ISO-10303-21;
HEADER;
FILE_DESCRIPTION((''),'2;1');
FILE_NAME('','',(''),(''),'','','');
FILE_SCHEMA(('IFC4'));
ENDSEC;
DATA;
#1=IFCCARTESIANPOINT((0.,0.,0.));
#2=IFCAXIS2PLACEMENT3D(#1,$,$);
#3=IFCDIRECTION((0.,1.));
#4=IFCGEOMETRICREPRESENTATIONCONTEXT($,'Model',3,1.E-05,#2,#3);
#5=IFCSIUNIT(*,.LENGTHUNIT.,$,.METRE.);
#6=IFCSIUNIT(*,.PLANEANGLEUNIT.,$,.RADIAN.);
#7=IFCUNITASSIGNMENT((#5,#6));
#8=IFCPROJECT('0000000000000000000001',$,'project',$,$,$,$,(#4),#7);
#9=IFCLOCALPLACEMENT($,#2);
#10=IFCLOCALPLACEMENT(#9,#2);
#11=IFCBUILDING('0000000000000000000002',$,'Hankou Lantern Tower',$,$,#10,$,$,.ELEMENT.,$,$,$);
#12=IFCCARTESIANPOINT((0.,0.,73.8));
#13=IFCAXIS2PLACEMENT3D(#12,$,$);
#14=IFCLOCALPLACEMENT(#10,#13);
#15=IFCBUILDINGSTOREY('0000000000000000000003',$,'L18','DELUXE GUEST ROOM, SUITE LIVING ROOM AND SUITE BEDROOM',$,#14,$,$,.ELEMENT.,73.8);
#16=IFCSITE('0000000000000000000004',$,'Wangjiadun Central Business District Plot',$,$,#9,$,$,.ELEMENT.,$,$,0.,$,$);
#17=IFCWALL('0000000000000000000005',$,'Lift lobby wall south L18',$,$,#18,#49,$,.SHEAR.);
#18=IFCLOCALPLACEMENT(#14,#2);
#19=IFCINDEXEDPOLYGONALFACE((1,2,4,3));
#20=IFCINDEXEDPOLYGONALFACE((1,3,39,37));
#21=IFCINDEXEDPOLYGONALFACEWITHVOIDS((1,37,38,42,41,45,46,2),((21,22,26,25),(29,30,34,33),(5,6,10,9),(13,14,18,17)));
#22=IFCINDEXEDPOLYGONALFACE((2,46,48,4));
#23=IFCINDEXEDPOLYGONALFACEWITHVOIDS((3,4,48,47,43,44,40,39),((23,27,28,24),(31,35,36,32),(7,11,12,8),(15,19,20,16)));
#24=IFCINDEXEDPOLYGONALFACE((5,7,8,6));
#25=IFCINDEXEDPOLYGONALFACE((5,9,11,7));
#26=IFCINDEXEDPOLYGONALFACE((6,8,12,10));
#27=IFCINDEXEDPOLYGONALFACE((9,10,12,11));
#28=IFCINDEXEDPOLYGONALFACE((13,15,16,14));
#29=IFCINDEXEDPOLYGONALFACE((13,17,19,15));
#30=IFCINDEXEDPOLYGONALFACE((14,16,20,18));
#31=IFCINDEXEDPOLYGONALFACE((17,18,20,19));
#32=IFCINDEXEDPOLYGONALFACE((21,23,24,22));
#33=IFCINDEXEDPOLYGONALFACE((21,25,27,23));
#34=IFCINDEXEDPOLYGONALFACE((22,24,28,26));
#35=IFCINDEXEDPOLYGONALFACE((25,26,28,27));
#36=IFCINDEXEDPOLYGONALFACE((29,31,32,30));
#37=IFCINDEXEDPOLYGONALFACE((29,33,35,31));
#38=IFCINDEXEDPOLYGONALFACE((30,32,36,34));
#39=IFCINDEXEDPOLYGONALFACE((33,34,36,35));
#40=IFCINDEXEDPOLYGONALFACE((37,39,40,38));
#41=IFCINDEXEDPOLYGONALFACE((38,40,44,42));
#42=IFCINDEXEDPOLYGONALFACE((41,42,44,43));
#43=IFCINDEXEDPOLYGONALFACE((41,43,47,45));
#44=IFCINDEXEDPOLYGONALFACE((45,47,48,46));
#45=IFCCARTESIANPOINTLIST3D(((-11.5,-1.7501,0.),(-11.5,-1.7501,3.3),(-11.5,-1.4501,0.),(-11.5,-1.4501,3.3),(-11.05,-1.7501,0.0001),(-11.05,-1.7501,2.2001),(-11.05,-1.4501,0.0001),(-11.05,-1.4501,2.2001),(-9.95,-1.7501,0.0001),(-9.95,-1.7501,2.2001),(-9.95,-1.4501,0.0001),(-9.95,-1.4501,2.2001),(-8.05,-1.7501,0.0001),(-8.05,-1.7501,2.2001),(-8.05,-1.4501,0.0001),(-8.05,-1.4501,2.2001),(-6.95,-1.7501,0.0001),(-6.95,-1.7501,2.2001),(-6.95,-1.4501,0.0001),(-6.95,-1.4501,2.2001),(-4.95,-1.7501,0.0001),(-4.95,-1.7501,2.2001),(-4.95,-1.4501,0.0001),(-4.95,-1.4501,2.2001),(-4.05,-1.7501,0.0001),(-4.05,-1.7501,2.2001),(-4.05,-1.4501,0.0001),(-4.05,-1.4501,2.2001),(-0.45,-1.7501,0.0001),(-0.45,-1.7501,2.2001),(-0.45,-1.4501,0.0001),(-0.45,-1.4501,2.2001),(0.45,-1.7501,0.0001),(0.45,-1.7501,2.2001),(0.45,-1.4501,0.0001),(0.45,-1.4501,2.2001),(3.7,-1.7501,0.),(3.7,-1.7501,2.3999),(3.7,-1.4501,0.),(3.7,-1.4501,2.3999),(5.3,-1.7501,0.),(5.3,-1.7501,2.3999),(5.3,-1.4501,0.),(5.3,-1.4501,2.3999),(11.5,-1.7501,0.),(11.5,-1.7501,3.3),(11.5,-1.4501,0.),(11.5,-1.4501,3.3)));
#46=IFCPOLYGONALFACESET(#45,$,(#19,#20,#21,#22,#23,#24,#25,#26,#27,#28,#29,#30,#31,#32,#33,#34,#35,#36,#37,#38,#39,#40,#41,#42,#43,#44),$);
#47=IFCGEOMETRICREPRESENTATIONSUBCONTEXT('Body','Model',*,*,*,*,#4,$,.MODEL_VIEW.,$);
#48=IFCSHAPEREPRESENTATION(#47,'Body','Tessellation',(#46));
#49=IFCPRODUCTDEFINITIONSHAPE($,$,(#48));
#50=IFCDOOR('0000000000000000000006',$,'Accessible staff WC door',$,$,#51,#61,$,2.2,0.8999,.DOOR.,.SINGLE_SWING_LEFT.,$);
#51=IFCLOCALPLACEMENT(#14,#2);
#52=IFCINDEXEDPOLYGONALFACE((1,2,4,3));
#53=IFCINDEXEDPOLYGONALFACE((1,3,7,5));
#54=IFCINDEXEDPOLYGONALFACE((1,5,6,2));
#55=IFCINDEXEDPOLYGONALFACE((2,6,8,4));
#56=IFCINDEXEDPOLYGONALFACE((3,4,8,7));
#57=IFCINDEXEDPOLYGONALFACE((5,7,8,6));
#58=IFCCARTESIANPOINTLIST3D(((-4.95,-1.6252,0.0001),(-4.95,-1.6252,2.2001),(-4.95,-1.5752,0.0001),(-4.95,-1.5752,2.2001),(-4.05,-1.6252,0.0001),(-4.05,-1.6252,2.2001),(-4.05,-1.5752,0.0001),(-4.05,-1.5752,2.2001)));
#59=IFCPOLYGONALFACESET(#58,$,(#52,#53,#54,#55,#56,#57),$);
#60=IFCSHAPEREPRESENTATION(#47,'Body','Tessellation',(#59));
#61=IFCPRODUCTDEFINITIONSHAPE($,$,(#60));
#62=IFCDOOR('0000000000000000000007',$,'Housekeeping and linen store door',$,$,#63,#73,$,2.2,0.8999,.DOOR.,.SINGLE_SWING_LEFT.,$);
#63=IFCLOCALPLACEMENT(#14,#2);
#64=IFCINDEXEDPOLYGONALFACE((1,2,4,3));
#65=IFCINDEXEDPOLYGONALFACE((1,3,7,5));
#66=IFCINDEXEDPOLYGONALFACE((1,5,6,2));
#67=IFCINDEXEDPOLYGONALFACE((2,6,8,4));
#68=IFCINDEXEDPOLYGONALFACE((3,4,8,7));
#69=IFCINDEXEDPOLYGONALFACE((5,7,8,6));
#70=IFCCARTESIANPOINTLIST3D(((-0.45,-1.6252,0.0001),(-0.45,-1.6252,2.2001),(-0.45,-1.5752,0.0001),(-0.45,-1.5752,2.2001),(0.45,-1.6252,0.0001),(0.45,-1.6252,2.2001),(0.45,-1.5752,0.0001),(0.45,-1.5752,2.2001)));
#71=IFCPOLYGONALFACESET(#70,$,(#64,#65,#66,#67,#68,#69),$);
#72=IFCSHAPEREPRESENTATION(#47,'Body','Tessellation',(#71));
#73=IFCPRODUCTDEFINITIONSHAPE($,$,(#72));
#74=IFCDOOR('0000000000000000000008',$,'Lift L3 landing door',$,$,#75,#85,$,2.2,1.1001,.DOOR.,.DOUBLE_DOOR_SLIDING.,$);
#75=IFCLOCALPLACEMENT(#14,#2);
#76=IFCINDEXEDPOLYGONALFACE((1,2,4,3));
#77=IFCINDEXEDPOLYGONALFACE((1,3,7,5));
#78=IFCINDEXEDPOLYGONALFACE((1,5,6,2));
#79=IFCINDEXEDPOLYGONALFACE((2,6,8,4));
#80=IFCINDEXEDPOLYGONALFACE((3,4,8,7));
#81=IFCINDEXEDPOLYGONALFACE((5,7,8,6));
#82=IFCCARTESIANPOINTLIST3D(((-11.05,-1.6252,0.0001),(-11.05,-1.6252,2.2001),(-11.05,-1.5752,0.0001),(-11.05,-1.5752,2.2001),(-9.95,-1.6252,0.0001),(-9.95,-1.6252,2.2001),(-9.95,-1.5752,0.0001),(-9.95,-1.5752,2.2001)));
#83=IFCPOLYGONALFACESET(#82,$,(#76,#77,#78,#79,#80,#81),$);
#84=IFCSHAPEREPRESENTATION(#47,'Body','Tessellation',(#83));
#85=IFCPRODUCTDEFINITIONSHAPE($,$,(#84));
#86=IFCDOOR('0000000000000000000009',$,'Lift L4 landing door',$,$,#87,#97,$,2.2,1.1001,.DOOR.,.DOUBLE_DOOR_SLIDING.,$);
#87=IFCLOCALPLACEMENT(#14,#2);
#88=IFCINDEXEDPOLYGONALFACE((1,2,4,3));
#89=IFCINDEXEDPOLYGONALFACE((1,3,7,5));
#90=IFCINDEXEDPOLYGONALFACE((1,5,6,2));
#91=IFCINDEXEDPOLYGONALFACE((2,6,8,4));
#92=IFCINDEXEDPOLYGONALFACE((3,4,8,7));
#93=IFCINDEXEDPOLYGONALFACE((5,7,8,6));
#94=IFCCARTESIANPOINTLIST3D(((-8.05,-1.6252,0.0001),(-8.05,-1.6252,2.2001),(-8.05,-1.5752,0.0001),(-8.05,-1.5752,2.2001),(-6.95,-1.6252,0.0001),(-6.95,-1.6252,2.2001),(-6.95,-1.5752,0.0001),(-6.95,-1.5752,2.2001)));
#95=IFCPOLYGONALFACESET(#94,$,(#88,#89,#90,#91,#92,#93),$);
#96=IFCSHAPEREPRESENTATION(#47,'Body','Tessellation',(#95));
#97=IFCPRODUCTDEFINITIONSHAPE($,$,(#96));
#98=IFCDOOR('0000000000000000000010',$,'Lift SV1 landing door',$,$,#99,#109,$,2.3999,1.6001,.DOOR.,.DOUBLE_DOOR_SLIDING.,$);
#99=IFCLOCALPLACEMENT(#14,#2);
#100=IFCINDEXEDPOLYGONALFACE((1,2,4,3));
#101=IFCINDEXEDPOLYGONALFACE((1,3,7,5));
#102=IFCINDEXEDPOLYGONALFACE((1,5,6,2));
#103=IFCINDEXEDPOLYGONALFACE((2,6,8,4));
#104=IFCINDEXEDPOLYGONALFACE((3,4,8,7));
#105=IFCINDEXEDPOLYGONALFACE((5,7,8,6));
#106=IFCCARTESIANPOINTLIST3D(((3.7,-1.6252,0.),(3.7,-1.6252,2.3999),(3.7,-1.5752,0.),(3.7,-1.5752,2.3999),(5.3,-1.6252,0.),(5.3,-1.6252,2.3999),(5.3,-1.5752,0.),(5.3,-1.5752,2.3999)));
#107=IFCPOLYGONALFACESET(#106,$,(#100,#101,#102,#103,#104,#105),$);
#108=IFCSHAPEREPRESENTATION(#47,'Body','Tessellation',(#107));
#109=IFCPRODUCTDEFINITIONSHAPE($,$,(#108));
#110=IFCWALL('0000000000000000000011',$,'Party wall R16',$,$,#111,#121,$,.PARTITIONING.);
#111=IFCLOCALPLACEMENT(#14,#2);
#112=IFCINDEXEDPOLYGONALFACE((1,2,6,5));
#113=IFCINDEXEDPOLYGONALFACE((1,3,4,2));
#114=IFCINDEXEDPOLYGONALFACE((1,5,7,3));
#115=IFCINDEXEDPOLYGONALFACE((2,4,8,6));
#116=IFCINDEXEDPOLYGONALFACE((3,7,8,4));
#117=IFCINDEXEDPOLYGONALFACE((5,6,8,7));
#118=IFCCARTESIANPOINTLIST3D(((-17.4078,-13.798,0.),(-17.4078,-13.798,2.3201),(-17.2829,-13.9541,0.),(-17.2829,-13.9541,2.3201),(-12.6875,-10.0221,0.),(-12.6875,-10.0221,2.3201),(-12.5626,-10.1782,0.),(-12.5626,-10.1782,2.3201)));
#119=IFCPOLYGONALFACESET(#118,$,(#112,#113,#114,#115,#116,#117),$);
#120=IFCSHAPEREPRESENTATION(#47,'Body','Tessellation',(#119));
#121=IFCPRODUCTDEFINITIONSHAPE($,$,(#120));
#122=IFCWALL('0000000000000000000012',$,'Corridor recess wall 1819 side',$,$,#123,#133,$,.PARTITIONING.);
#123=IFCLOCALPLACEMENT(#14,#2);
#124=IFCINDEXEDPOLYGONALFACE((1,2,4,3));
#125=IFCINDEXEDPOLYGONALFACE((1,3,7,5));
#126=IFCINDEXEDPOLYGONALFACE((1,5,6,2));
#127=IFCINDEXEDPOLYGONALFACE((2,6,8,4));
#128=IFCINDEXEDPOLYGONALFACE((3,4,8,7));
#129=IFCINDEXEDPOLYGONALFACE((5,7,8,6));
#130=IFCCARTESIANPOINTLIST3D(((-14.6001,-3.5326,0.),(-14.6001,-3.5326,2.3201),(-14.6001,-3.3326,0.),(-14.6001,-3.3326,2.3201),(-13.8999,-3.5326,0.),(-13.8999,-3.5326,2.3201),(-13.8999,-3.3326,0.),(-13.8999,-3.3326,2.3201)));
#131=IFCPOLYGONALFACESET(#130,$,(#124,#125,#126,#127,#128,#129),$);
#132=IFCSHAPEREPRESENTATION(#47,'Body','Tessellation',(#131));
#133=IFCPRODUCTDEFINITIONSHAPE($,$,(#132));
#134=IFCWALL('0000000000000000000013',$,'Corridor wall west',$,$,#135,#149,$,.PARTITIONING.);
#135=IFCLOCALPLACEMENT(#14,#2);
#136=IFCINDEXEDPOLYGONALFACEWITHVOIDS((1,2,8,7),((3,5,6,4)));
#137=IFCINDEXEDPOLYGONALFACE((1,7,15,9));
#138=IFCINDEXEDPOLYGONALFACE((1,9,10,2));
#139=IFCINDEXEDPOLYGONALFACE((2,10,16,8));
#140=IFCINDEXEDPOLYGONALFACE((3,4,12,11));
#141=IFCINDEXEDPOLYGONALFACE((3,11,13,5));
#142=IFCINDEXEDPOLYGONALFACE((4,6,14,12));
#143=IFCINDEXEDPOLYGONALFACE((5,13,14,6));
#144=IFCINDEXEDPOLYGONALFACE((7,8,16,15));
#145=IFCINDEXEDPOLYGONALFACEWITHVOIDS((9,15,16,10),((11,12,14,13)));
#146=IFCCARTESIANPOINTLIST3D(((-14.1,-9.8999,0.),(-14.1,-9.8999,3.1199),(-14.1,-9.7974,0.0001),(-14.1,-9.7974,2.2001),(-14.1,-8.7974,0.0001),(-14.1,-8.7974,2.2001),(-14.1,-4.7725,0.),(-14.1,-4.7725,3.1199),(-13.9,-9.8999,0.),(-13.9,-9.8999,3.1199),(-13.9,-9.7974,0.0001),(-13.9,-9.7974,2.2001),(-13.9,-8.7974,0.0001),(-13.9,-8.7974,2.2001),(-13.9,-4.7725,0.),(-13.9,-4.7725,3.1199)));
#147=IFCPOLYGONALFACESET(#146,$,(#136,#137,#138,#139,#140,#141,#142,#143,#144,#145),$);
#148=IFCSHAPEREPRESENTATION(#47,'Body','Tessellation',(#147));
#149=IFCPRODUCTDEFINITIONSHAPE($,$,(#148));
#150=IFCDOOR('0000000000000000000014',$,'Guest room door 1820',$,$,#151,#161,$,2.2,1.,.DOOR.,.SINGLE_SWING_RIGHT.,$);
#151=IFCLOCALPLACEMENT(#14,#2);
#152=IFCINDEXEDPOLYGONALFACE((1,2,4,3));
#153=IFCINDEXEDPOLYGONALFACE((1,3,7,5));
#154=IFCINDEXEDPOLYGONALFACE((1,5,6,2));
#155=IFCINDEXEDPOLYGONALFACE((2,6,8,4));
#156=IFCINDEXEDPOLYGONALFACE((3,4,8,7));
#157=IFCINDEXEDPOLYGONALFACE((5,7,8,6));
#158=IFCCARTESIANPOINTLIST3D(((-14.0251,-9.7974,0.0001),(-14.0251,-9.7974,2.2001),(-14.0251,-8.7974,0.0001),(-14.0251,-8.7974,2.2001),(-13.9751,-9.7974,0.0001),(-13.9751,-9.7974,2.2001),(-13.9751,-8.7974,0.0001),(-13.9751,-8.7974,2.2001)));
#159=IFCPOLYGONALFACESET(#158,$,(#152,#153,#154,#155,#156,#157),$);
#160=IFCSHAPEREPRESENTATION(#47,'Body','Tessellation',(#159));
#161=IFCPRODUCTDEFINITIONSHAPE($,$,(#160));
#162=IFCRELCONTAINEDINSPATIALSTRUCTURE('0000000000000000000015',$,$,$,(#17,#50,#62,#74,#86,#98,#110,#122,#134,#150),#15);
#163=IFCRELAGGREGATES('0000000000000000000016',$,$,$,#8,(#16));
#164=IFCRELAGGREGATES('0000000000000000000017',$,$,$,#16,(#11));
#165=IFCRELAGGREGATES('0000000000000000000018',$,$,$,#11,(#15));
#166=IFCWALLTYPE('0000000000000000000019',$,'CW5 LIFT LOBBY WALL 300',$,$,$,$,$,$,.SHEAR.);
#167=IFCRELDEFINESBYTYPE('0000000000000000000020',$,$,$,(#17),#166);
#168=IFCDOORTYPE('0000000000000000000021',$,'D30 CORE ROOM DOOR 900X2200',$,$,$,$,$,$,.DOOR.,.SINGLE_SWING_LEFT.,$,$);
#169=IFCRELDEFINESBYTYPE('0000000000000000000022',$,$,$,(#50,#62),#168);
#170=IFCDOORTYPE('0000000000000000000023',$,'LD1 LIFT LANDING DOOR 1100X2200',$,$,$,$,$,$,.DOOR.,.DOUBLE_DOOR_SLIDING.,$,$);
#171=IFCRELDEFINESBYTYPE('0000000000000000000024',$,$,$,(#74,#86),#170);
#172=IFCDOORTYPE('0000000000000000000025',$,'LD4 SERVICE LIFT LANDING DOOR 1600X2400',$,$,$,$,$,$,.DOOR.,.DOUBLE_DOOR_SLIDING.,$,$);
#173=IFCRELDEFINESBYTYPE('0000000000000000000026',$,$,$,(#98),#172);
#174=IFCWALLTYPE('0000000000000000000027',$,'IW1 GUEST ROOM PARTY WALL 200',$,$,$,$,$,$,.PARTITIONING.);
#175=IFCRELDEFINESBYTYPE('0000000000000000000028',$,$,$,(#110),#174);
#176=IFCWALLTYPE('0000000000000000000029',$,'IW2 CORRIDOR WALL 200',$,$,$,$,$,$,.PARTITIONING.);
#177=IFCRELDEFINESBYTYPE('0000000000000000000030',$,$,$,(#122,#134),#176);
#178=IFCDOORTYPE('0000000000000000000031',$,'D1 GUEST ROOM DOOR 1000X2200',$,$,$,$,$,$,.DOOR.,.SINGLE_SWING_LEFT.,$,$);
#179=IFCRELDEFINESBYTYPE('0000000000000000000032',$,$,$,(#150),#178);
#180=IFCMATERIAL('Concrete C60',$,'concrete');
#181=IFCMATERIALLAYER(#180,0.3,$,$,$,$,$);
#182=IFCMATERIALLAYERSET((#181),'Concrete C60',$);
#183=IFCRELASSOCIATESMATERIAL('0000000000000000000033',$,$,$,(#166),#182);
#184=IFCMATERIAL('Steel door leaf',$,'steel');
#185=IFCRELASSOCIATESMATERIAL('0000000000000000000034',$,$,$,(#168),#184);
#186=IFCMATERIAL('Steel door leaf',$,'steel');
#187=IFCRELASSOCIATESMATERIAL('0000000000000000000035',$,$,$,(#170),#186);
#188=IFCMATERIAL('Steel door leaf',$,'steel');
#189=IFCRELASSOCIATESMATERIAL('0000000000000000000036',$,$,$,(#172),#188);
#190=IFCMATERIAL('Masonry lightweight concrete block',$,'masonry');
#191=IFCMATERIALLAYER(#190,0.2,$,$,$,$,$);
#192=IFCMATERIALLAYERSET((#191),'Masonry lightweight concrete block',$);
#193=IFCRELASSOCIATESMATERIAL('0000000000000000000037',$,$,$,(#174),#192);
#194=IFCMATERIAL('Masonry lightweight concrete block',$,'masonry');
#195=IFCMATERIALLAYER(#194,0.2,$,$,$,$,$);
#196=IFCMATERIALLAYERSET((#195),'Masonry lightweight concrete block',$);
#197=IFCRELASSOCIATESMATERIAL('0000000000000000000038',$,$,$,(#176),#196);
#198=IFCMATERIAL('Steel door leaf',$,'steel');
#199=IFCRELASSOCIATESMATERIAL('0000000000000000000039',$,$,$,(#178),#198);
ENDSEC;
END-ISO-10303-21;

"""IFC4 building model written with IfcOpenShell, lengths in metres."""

from ifc_helpers import new_model, si_unit, direction, frame, frame_2d, origin, place, context, subcontext, project, spatial, rectangle, extrude, material, layer, layer_set, type_object, element, fill, save


model = new_model("IFC4")

# Units and contexts
model_context = context("Model", 3, precision=1e-05, world=origin(), true_north=direction((0.0, 1.0)))
body_context = subcontext(model_context, "Body", "Model", "MODEL_VIEW")
ifc_project = project(units=[si_unit("LENGTHUNIT", "METRE"), si_unit("PLANEANGLEUNIT", "RADIAN")], contexts=[model_context])

# Site, building, storey
site_placement = place(None, origin())
site = spatial("IfcSite", under=ifc_project, at=site_placement, Name="Wangjiadun Central Business District Plot", CompositionType="ELEMENT", RefElevation=0.0)
building_placement = place(site_placement, origin())
building = spatial("IfcBuilding", under=site, at=building_placement, Name="Hankou Lantern Tower", CompositionType="ELEMENT")
storey_placement = place(building_placement, frame((0.0, 0.0, 73.8)))
storey = spatial("IfcBuildingStorey", under=building, at=storey_placement, Name="L18", Description="DELUXE GUEST ROOM, SUITE LIVING ROOM AND SUITE BEDROOM", CompositionType="ELEMENT", Elevation=73.8)

# Wall, openings, doors
ifc_material_1 = material(Name="Concrete C60", Category="concrete")
ifc_layer_1 = layer(ifc_material_1, 0.3)
ifc_layer_set_1 = layer_set([ifc_layer_1], Name="Concrete C60")
wall_type_1 = type_object("IfcWallType", Name="CW5 LIFT LOBBY WALL 300", PredefinedType="SHEAR", material=ifc_layer_set_1)
ifc_material_2 = material(Name="Steel door leaf", Category="steel")
door_type_1 = type_object("IfcDoorType", Name="D30 CORE ROOM DOOR 900X2200", OperationType="SINGLE_SWING_LEFT", PredefinedType="DOOR", material=ifc_material_2)
ifc_material_3 = material(Name="Steel door leaf", Category="steel")
door_type_2 = type_object("IfcDoorType", Name="LD1 LIFT LANDING DOOR 1100X2200", OperationType="DOUBLE_DOOR_SLIDING", PredefinedType="DOOR", material=ifc_material_3)
wall_1_placement = place(storey_placement, frame((-11.5, -1.6001, 0.0), z_axis=(0.0, 0.0, 1.0), x_axis=(1.0, 0.0, 0.0)))
wall_1 = element("IfcWall", 1, at=wall_1_placement, inside=storey, type_object=wall_type_1, Name="Lift lobby wall south L18", PredefinedType="SHEAR", context=body_context, shape_type="SweptSolid", body=[
    extrude(rectangle(XDim=23.0, YDim=0.3, at=frame_2d((11.5, 0.0))), origin(), (0.0, 0.0, 1.0), 3.3),
])
opening_1_placement = place(wall_1_placement, frame((0.45, 0.0, 0.0)))
opening_1 = element("IfcOpeningElement", 2, at=opening_1_placement, cuts=wall_1, PredefinedType="OPENING", context=body_context, shape_type="SweptSolid", body=[
    extrude(rectangle(XDim=1.1001, YDim=2.2, at=frame_2d((0.55, 1.1001))), frame((0.0, 0.1599, 0.0), z_axis=(0.0, -1.0, 0.0), x_axis=(1.0, 0.0, 0.0)), (0.0, 0.0, 1.0), 0.3201),
])
opening_2_placement = place(wall_1_placement, frame((3.45, 0.0, 0.0)))
opening_2 = element("IfcOpeningElement", 3, at=opening_2_placement, cuts=wall_1, PredefinedType="OPENING", context=body_context, shape_type="SweptSolid", body=[
    extrude(rectangle(XDim=1.1001, YDim=2.2, at=frame_2d((0.55, 1.1001))), frame((0.0, 0.1599, 0.0), z_axis=(0.0, -1.0, 0.0), x_axis=(1.0, 0.0, 0.0)), (0.0, 0.0, 1.0), 0.3201),
])
opening_3_placement = place(wall_1_placement, frame((15.2, 0.0, 0.0)))
opening_3 = element("IfcOpeningElement", 4, at=opening_3_placement, cuts=wall_1, PredefinedType="OPENING", context=body_context, shape_type="SweptSolid", body=[
    extrude(rectangle(XDim=1.6001, YDim=2.3999, at=frame_2d((0.8, 1.2))), frame((0.0, 0.1599, 0.0), z_axis=(0.0, -1.0, 0.0), x_axis=(1.0, 0.0, 0.0)), (0.0, 0.0, 1.0), 0.3201),
])
opening_4_placement = place(wall_1_placement, frame((6.55, 0.0, 0.0)))
opening_4 = element("IfcOpeningElement", 5, at=opening_4_placement, cuts=wall_1, PredefinedType="OPENING", context=body_context, shape_type="SweptSolid", body=[
    extrude(rectangle(XDim=0.8999, YDim=2.2, at=frame_2d((0.45, 1.1001))), frame((0.0, 0.1599, 0.0), z_axis=(0.0, -1.0, 0.0), x_axis=(1.0, 0.0, 0.0)), (0.0, 0.0, 1.0), 0.3201),
])
opening_5_placement = place(wall_1_placement, frame((11.05, 0.0, 0.0)))
opening_5 = element("IfcOpeningElement", 6, at=opening_5_placement, cuts=wall_1, PredefinedType="OPENING", context=body_context, shape_type="SweptSolid", body=[
    extrude(rectangle(XDim=0.8999, YDim=2.2, at=frame_2d((0.45, 1.1001))), frame((0.0, 0.1599, 0.0), z_axis=(0.0, -1.0, 0.0), x_axis=(1.0, 0.0, 0.0)), (0.0, 0.0, 1.0), 0.3201),
])
door_1_placement = place(opening_4_placement, origin())
door_1 = element("IfcDoor", 7, at=door_1_placement, inside=storey, type_object=door_type_1, Name="Accessible staff WC door", OperationType="SINGLE_SWING_LEFT", OverallHeight=2.2, OverallWidth=0.8999, PredefinedType="DOOR", context=body_context, shape_type="SweptSolid", body=[
    extrude(rectangle(XDim=0.8999, YDim=2.2, at=frame_2d((0.45, 1.1001))), frame((0.0, 0.0249, 0.0), z_axis=(0.0, -1.0, 0.0), x_axis=(1.0, 0.0, 0.0)), (0.0, 0.0, 1.0), 0.05),
])
fill(opening_4, door_1)
door_2_placement = place(opening_5_placement, origin())
door_2 = element("IfcDoor", 8, at=door_2_placement, inside=storey, type_object=door_type_1, Name="Housekeeping and linen store door", OperationType="SINGLE_SWING_LEFT", OverallHeight=2.2, OverallWidth=0.8999, PredefinedType="DOOR", context=body_context, shape_type="SweptSolid", body=[
    extrude(rectangle(XDim=0.8999, YDim=2.2, at=frame_2d((0.45, 1.1001))), frame((0.0, 0.0249, 0.0), z_axis=(0.0, -1.0, 0.0), x_axis=(1.0, 0.0, 0.0)), (0.0, 0.0, 1.0), 0.05),
])
fill(opening_5, door_2)
door_3_placement = place(opening_1_placement, origin())
door_3 = element("IfcDoor", 9, at=door_3_placement, inside=storey, type_object=door_type_2, Name="Lift L3 landing door", OperationType="DOUBLE_DOOR_SLIDING", OverallHeight=2.2, OverallWidth=1.1001, PredefinedType="DOOR", context=body_context, shape_type="SweptSolid", body=[
    extrude(rectangle(XDim=1.1001, YDim=2.2, at=frame_2d((0.55, 1.1001))), frame((0.0, 0.0249, 0.0), z_axis=(0.0, -1.0, 0.0), x_axis=(1.0, 0.0, 0.0)), (0.0, 0.0, 1.0), 0.05),
])
fill(opening_1, door_3)
door_4_placement = place(opening_2_placement, origin())
door_4 = element("IfcDoor", 10, at=door_4_placement, inside=storey, type_object=door_type_2, Name="Lift L4 landing door", OperationType="DOUBLE_DOOR_SLIDING", OverallHeight=2.2, OverallWidth=1.1001, PredefinedType="DOOR", context=body_context, shape_type="SweptSolid", body=[
    extrude(rectangle(XDim=1.1001, YDim=2.2, at=frame_2d((0.55, 1.1001))), frame((0.0, 0.0249, 0.0), z_axis=(0.0, -1.0, 0.0), x_axis=(1.0, 0.0, 0.0)), (0.0, 0.0, 1.0), 0.05),
])
fill(opening_2, door_4)
ifc_material_4 = material(Name="Steel door leaf", Category="steel")
door_type_3 = type_object("IfcDoorType", Name="LD4 SERVICE LIFT LANDING DOOR 1600X2400", OperationType="DOUBLE_DOOR_SLIDING", PredefinedType="DOOR", material=ifc_material_4)
door_5_placement = place(opening_3_placement, origin())
door_5 = element("IfcDoor", 11, at=door_5_placement, inside=storey, type_object=door_type_3, Name="Lift SV1 landing door", OperationType="DOUBLE_DOOR_SLIDING", OverallHeight=2.3999, OverallWidth=1.6001, PredefinedType="DOOR", context=body_context, shape_type="SweptSolid", body=[
    extrude(rectangle(XDim=1.6001, YDim=2.3999, at=frame_2d((0.8, 1.2))), frame((0.0, 0.0249, 0.0), z_axis=(0.0, -1.0, 0.0), x_axis=(1.0, 0.0, 0.0)), (0.0, 0.0, 1.0), 0.05),
])
fill(opening_3, door_5)

# Walls
ifc_material_5 = material(Name="Masonry lightweight concrete block", Category="masonry")
ifc_layer_2 = layer(ifc_material_5, 0.2)
ifc_layer_set_2 = layer_set([ifc_layer_2], Name="Masonry lightweight concrete block")
wall_type_2 = type_object("IfcWallType", Name="IW1 GUEST ROOM PARTY WALL 200", PredefinedType="PARTITIONING", material=ifc_layer_set_2)
wall_2_placement = place(storey_placement, frame((-12.625, -10.1001, 0.0), z_axis=(0.0, 0.0, 1.0), x_axis=(-0.780892, -0.624665, 0.0)))
element("IfcWall", 12, at=wall_2_placement, inside=storey, type_object=wall_type_2, Name="Party wall R16", PredefinedType="PARTITIONING", context=body_context, shape_type="SweptSolid", body=[
    extrude(rectangle(XDim=6.0447, YDim=0.2, at=frame_2d((3.0225, 0.0))), origin(), (0.0, 0.0, 1.0), 2.3201),
])
ifc_material_6 = material(Name="Masonry lightweight concrete block", Category="masonry")
ifc_layer_3 = layer(ifc_material_6, 0.2)
ifc_layer_set_3 = layer_set([ifc_layer_3], Name="Masonry lightweight concrete block")
wall_type_3 = type_object("IfcWallType", Name="IW2 CORRIDOR WALL 200", PredefinedType="PARTITIONING", material=ifc_layer_set_3)
wall_3_placement = place(storey_placement, frame((-13.8999, -3.4326, 0.0), z_axis=(0.0, 0.0, 1.0), x_axis=(-1.0, 0.0, 0.0)))
element("IfcWall", 13, at=wall_3_placement, inside=storey, type_object=wall_type_3, Name="Corridor recess wall 1819 side", PredefinedType="PARTITIONING", context=body_context, shape_type="SweptSolid", body=[
    extrude(rectangle(XDim=0.7002, YDim=0.2, at=frame_2d((0.3501, 0.0))), origin(), (0.0, 0.0, 1.0), 2.3201),
])

# Wall, opening, door
wall_4_placement = place(storey_placement, frame((-14.0, -4.7725, 0.0), z_axis=(0.0, 0.0, 1.0), x_axis=(0.0, -1.0, 0.0)))
wall_4 = element("IfcWall", 14, at=wall_4_placement, inside=storey, type_object=wall_type_3, Name="Corridor wall west", PredefinedType="PARTITIONING", context=body_context, shape_type="SweptSolid", body=[
    extrude(rectangle(XDim=5.1274, YDim=0.2, at=frame_2d((2.5637, 0.0))), origin(), (0.0, 0.0, 1.0), 3.1199),
])
opening_6_placement = place(wall_4_placement, frame((4.0249, 0.0, 0.0)))
opening_6 = element("IfcOpeningElement", 15, at=opening_6_placement, cuts=wall_4, PredefinedType="OPENING", context=body_context, shape_type="SweptSolid", body=[
    extrude(rectangle(XDim=1.0, YDim=2.2, at=frame_2d((0.5, 1.1001))), frame((0.0, 0.1099, 0.0), z_axis=(0.0, -1.0, 0.0), x_axis=(1.0, 0.0, 0.0)), (0.0, 0.0, 1.0), 0.22),
])
ifc_material_7 = material(Name="Steel door leaf", Category="steel")
door_type_4 = type_object("IfcDoorType", Name="D1 GUEST ROOM DOOR 1000X2200", OperationType="SINGLE_SWING_LEFT", PredefinedType="DOOR", material=ifc_material_7)
door_6_placement = place(opening_6_placement, origin())
door_6 = element("IfcDoor", 16, at=door_6_placement, inside=storey, type_object=door_type_4, Name="Guest room door 1820", OperationType="SINGLE_SWING_RIGHT", OverallHeight=2.2, OverallWidth=1.0, PredefinedType="DOOR", context=body_context, shape_type="SweptSolid", body=[
    extrude(rectangle(XDim=1.0, YDim=2.2, at=frame_2d((0.5, 1.1001))), frame((0.0, 0.0249, 0.0), z_axis=(0.0, -1.0, 0.0), x_axis=(1.0, 0.0, 0.0)), (0.0, 0.0, 1.0), 0.05),
])
fill(opening_6, door_6)

save(model, "model.ifc")
